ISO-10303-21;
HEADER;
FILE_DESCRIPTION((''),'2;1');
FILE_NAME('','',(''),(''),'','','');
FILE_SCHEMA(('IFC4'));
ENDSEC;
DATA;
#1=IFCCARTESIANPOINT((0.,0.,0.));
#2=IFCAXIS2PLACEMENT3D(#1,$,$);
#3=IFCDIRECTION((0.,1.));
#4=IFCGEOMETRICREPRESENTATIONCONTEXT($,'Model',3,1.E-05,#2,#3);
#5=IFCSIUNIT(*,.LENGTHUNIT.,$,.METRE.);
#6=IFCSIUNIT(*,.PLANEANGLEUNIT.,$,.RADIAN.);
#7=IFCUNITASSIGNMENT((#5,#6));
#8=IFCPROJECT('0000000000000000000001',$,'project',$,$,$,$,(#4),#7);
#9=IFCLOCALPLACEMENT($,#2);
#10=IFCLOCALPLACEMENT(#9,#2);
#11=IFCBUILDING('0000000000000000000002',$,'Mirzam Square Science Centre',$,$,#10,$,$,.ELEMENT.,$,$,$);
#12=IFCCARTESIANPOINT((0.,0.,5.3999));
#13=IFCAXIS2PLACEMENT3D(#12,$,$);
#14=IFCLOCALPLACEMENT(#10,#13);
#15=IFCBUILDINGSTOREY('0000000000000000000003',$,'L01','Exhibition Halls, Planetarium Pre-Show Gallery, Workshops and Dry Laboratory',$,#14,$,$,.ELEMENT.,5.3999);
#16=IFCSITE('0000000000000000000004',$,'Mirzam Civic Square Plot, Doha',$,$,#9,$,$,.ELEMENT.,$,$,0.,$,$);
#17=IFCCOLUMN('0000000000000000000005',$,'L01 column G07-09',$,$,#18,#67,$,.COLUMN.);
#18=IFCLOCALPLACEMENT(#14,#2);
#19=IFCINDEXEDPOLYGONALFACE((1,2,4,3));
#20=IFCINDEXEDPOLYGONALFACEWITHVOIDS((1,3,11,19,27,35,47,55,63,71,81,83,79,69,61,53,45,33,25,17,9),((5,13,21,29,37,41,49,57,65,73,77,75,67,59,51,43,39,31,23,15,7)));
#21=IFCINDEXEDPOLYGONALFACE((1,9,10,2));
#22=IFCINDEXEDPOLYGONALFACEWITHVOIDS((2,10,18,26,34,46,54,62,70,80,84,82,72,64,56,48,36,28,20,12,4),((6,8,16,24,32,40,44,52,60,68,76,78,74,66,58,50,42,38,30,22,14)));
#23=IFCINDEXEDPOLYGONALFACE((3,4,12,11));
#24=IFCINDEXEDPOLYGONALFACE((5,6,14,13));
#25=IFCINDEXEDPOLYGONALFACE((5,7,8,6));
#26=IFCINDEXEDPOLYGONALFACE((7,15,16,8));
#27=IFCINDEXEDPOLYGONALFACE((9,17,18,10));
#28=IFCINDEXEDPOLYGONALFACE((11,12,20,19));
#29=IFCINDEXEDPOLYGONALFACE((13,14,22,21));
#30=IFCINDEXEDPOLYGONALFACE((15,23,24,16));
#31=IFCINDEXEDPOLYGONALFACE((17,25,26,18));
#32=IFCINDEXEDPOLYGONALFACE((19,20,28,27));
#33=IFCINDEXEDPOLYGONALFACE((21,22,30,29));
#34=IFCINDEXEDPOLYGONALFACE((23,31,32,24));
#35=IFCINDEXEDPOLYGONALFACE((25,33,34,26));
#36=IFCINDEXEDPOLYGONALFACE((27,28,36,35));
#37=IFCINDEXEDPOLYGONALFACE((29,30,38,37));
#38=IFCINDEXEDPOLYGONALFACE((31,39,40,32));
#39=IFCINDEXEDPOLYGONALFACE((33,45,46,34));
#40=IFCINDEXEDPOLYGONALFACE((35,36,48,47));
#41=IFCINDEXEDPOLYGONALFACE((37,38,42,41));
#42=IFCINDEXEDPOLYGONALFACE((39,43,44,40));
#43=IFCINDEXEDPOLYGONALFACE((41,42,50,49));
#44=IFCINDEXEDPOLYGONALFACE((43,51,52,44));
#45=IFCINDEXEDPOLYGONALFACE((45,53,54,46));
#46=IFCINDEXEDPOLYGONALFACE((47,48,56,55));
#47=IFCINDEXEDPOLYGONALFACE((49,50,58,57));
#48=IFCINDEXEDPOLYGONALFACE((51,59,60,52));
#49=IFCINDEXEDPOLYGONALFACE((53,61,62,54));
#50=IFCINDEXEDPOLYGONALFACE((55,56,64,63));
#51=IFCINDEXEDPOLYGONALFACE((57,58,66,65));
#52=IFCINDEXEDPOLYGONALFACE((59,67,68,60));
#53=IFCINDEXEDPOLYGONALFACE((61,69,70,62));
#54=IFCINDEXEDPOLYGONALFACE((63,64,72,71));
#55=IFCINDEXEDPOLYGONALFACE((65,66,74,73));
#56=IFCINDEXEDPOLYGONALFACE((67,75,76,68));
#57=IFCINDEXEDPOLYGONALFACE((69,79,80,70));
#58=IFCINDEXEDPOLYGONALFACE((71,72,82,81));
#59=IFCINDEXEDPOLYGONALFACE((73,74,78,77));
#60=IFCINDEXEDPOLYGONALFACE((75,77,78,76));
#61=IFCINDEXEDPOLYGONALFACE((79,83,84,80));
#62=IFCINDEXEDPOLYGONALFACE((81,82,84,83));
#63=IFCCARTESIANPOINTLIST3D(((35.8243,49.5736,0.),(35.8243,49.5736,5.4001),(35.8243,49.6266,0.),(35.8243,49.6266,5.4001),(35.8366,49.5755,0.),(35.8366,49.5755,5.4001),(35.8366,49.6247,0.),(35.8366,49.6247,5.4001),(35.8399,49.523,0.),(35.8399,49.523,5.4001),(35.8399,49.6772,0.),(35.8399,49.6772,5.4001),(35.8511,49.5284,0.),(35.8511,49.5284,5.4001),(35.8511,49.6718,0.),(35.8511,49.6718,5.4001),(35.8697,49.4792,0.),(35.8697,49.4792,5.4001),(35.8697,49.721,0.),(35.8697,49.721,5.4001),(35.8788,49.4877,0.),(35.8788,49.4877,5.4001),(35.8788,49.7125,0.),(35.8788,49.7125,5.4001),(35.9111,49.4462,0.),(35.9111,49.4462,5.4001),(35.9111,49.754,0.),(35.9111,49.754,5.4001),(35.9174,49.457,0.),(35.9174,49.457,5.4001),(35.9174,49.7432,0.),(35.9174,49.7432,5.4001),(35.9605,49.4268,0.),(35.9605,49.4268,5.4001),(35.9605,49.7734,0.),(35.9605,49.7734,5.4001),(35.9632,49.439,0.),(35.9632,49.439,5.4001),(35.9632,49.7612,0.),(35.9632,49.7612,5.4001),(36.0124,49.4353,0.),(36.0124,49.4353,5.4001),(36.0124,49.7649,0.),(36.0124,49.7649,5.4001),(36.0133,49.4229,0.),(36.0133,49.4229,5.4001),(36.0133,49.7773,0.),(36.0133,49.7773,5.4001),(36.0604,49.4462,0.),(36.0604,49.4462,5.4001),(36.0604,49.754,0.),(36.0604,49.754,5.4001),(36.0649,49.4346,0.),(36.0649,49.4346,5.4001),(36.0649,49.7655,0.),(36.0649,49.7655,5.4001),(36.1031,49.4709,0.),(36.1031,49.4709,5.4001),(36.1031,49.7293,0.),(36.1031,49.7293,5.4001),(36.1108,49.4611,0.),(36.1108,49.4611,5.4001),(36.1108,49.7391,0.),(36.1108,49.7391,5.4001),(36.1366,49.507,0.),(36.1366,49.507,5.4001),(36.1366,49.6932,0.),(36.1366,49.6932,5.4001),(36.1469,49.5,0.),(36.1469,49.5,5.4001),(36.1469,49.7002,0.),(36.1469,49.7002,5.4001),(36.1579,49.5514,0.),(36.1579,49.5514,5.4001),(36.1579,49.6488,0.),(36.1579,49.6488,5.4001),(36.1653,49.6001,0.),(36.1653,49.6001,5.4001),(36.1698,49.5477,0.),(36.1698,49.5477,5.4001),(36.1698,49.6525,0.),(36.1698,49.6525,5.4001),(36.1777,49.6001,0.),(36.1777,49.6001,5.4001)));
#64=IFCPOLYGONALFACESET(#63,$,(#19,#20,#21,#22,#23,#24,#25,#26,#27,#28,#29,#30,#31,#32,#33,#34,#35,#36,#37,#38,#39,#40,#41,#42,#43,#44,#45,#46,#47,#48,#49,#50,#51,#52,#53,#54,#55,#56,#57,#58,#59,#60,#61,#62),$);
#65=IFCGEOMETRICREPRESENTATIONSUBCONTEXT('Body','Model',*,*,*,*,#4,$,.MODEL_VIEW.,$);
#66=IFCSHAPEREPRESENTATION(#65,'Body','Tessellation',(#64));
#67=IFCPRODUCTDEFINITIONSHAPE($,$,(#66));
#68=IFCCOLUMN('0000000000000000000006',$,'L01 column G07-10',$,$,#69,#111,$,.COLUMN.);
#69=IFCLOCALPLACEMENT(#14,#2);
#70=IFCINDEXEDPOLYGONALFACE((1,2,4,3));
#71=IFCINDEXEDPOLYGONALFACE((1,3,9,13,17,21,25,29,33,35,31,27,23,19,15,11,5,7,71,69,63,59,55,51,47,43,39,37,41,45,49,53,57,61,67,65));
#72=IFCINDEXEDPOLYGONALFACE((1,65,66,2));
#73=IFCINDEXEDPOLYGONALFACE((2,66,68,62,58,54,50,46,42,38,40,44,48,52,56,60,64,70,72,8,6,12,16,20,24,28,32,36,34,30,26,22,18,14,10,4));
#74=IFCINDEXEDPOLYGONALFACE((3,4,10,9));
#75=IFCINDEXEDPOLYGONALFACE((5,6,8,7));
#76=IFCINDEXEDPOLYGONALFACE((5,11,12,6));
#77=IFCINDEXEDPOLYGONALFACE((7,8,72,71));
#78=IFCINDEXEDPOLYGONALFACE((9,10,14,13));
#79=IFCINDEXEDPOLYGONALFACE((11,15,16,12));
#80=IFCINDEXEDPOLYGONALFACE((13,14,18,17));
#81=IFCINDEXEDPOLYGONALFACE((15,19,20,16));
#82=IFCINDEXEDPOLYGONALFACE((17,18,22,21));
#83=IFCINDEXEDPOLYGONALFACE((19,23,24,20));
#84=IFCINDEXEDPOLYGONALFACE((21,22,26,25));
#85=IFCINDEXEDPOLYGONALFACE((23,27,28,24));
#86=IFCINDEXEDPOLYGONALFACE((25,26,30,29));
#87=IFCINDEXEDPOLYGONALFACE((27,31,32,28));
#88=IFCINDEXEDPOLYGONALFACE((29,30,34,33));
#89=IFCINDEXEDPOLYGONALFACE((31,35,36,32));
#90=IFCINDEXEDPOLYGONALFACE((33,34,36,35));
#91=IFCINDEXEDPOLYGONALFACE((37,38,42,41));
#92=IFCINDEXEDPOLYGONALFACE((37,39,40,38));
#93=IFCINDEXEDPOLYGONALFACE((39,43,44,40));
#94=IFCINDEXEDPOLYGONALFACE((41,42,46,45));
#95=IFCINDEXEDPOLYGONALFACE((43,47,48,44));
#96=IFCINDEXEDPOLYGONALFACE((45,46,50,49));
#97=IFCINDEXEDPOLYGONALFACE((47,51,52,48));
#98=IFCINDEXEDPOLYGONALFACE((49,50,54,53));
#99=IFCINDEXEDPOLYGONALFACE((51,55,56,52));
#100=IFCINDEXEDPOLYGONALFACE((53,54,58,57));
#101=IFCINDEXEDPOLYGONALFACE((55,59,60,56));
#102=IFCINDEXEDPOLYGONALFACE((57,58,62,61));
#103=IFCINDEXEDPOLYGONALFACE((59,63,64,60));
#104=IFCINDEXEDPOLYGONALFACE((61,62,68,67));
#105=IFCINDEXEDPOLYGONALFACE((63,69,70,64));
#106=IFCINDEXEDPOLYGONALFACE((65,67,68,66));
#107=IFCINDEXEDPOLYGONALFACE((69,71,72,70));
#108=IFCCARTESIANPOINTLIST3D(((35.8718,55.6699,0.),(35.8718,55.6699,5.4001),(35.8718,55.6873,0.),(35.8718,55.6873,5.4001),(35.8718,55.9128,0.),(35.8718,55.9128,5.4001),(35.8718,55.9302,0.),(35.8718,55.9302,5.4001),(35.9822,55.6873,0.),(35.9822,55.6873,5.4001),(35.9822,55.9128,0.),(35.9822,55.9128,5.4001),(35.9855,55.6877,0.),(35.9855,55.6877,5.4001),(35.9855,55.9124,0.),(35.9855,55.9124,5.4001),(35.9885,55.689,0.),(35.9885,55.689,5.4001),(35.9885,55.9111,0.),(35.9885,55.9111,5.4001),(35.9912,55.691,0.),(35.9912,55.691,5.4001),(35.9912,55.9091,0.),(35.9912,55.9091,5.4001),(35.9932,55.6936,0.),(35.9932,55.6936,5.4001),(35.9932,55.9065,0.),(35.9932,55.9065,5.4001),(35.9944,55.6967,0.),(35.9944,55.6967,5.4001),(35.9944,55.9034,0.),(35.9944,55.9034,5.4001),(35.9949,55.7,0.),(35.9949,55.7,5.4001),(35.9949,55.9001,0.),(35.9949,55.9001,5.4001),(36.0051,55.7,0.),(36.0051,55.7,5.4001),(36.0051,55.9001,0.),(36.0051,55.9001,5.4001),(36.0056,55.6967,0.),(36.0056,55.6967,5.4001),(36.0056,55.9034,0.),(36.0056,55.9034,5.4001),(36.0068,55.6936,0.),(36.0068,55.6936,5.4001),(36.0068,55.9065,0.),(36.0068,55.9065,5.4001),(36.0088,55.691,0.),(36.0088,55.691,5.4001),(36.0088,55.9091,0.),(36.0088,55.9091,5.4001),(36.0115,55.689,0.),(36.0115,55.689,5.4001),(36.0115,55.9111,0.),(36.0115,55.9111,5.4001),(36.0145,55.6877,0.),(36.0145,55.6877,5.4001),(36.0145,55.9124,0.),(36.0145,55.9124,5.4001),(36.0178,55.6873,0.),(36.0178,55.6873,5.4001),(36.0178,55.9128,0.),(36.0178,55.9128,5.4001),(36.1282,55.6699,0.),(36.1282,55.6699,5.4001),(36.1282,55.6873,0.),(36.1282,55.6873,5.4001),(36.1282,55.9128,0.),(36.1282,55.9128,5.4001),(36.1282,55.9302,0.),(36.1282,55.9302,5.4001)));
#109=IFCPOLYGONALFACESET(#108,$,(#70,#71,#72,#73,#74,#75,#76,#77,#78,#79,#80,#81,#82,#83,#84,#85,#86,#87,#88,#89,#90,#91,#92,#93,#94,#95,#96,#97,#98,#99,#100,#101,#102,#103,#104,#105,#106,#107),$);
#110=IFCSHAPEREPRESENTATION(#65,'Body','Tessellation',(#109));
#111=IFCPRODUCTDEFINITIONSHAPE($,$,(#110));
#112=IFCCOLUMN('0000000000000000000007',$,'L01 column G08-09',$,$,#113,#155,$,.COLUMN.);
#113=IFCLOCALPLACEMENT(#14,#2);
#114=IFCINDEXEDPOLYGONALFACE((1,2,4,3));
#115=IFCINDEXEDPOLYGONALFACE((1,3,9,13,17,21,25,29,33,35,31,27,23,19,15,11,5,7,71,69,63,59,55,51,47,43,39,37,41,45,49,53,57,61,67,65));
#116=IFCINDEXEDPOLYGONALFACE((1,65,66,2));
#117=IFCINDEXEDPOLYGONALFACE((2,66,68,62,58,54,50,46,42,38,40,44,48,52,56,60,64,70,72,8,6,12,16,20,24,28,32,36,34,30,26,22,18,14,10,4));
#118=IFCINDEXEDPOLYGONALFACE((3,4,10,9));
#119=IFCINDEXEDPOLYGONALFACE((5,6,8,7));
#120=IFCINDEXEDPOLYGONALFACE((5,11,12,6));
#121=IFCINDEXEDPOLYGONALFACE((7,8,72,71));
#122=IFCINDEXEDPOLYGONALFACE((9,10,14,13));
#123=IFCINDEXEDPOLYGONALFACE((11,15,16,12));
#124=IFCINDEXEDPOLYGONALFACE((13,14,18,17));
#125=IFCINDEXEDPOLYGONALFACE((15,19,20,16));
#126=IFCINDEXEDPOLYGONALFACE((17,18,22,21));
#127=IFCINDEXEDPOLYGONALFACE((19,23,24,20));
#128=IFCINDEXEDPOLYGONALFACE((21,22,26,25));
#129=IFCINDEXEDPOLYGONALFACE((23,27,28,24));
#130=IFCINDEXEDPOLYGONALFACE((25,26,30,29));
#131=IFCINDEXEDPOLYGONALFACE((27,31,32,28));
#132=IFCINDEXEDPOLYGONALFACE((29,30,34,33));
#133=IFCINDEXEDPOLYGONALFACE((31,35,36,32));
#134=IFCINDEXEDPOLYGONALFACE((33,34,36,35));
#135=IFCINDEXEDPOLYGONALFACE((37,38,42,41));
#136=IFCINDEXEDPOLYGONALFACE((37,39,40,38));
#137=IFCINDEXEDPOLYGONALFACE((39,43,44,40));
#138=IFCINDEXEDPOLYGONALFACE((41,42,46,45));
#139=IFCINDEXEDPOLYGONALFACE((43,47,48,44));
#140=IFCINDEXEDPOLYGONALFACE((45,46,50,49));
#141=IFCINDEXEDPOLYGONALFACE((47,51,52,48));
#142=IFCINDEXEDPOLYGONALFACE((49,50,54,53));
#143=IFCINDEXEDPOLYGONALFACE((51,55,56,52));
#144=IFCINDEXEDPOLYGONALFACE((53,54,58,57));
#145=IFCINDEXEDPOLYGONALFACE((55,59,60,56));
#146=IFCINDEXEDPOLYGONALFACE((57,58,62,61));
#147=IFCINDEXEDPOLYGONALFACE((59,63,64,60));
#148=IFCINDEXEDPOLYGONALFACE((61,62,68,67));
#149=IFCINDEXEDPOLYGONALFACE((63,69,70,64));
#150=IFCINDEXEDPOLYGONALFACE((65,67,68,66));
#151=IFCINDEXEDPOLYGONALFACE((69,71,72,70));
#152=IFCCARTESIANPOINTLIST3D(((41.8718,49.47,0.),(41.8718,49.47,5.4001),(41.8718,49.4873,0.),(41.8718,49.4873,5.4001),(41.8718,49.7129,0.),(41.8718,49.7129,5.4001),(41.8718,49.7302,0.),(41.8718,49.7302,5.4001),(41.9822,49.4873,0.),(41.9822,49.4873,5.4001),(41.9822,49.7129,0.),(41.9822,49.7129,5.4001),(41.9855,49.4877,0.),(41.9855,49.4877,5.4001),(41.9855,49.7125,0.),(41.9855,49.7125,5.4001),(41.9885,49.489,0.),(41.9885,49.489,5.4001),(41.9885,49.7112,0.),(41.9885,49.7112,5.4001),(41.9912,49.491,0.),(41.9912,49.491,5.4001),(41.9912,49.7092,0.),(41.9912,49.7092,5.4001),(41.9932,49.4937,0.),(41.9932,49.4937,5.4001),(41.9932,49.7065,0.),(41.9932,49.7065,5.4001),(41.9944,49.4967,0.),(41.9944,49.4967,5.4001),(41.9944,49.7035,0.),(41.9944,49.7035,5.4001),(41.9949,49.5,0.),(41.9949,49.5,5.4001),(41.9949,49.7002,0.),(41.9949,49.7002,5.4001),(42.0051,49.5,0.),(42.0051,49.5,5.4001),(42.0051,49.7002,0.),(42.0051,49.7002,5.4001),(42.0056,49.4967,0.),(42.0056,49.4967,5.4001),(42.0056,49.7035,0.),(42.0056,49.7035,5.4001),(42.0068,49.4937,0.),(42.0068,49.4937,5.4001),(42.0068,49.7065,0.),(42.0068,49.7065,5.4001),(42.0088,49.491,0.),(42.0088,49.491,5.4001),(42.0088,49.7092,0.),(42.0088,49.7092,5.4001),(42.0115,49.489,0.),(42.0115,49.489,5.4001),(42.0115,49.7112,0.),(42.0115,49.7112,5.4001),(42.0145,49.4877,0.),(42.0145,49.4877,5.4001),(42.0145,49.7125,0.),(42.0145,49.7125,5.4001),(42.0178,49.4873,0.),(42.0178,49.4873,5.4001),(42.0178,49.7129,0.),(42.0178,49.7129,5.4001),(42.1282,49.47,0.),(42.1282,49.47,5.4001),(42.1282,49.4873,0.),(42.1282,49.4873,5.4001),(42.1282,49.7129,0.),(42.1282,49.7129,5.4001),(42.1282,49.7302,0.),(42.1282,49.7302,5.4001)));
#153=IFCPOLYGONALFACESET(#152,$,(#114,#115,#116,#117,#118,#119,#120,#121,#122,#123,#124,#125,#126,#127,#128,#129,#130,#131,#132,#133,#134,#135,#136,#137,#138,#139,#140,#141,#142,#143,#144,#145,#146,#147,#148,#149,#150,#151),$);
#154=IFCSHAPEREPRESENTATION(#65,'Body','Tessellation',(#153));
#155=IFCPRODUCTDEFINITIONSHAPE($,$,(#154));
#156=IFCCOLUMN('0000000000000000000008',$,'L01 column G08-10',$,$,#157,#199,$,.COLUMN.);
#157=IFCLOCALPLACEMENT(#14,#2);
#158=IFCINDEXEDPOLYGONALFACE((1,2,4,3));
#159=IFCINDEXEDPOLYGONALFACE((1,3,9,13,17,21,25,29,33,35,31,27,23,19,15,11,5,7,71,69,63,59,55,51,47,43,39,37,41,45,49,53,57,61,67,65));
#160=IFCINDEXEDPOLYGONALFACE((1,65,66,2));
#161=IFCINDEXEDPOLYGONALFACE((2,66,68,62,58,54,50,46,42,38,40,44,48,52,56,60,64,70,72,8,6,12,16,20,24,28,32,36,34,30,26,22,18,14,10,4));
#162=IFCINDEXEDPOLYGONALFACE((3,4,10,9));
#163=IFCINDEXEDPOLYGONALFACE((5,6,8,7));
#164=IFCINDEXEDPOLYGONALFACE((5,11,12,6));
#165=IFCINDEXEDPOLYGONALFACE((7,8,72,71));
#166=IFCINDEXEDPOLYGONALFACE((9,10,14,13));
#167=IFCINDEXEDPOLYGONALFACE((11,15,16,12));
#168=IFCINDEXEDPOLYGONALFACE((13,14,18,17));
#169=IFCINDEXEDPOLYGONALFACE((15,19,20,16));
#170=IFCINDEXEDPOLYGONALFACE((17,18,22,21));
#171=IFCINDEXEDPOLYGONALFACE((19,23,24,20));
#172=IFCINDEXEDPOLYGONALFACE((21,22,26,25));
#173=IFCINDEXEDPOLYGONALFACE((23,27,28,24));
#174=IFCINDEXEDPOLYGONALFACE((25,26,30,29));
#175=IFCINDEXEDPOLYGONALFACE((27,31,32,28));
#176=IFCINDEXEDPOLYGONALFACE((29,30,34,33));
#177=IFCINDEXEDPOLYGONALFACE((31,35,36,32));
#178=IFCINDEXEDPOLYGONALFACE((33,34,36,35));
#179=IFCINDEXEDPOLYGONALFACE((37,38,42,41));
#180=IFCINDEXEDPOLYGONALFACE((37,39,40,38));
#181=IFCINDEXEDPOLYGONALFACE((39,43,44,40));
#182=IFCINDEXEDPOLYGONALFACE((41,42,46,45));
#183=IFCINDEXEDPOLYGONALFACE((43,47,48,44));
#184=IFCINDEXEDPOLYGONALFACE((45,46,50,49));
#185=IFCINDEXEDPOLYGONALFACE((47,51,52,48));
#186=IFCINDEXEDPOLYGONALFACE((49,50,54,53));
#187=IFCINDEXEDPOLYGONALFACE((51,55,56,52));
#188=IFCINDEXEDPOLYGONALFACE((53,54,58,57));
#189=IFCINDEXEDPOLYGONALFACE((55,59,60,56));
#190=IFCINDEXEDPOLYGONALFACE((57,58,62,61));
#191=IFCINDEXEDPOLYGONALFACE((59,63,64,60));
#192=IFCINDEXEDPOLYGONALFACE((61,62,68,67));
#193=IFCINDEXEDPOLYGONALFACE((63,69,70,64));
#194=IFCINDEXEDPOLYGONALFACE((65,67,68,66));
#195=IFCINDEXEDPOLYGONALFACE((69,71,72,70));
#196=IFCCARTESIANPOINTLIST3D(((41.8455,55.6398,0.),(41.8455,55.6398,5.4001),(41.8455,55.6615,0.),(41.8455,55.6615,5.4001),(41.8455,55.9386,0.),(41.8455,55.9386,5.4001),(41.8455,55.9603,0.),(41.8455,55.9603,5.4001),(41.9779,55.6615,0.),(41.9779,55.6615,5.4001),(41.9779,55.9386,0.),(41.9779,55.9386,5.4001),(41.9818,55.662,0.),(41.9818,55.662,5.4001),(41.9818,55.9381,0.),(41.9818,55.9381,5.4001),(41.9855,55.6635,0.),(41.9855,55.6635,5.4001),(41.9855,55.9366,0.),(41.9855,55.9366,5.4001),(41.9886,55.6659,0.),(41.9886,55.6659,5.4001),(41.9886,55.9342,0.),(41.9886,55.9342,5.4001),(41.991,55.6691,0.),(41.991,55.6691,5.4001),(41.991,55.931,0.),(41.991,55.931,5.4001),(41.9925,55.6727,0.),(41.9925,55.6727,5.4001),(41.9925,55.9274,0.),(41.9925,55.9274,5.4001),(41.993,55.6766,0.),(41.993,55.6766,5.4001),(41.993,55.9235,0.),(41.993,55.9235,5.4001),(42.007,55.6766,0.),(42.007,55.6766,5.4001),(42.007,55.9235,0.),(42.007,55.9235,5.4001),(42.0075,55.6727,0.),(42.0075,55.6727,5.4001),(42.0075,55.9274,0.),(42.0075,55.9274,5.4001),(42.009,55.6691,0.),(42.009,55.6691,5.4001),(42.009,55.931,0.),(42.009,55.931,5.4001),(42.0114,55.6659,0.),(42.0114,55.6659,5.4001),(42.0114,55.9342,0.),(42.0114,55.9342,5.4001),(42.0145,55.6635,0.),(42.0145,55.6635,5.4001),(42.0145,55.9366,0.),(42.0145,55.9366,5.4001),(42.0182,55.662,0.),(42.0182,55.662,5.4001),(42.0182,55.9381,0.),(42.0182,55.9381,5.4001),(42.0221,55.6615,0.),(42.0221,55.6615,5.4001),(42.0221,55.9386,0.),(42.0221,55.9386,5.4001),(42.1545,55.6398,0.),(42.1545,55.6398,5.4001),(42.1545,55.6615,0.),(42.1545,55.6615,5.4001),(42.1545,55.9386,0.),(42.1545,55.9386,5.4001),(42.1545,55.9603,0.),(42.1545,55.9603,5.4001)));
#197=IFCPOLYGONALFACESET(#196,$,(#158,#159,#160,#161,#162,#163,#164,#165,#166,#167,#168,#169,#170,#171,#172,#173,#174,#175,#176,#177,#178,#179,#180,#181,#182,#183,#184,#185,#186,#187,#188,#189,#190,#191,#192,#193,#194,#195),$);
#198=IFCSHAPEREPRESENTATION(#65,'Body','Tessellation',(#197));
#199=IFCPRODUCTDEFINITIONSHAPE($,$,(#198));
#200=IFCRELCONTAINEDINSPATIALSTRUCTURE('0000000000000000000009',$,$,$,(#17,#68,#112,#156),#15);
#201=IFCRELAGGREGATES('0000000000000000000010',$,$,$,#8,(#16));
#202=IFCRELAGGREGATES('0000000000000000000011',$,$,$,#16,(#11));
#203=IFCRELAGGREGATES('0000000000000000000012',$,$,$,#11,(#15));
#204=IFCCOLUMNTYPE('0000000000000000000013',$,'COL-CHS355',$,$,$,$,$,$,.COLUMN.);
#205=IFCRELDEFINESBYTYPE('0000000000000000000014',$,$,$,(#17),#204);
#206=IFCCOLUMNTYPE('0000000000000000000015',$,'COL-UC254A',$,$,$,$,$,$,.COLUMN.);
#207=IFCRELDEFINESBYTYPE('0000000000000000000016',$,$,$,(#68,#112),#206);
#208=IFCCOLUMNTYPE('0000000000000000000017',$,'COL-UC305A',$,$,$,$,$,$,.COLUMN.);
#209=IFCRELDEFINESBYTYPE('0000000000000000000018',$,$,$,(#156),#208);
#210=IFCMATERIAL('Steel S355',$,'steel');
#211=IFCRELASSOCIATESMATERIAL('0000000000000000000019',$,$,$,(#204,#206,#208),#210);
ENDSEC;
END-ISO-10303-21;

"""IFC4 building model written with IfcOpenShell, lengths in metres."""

from ifc_helpers import new_model, si_unit, direction, frame, origin, origin_2d, place, context, subcontext, project, spatial, hollow_circle, i_section, extrude, material, material_profile, profile_set, type_object, element, save


model = new_model("IFC4")

# Units and contexts
model_context = context("Model", 3, precision=1e-05, world=origin(), true_north=direction((0.0, 1.0)))
body_context = subcontext(model_context, "Body", "Model", "MODEL_VIEW")
ifc_project = project(units=[si_unit("LENGTHUNIT", "METRE"), si_unit("PLANEANGLEUNIT", "RADIAN")], contexts=[model_context])

# Site, building, storey
site_placement = place(None, origin())
site = spatial("IfcSite", under=ifc_project, at=site_placement, Name="Mirzam Civic Square Plot, Doha", CompositionType="ELEMENT", RefElevation=0.0)
building_placement = place(site_placement, origin())
building = spatial("IfcBuilding", under=site, at=building_placement, Name="Mirzam Square Science Centre", CompositionType="ELEMENT")
storey_placement = place(building_placement, frame((0.0, 0.0, 5.3999)))
storey = spatial("IfcBuildingStorey", under=building, at=storey_placement, Name="L01", Description="Exhibition Halls, Planetarium Pre-Show Gallery, Workshops and Dry Laboratory", CompositionType="ELEMENT", Elevation=5.3999)

# Columns
ifc_material_1 = material(Name="Steel S355", Category="steel")
ifc_material_profile_1 = material_profile(ifc_material_1, hollow_circle(Radius=0.1777, WallThickness=0.0125, at=origin_2d()), Name="355.6x12.5CHS")
ifc_profile_set_1 = profile_set([ifc_material_profile_1], Name="Steel S355")
column_type_1 = type_object("IfcColumnType", Name="COL-CHS355", PredefinedType="COLUMN", material=ifc_profile_set_1)
column_1_placement = place(storey_placement, frame((36.0, 49.6001, 0.0), z_axis=(0.0, 0.0, 1.0), x_axis=(1.0, 0.0, 0.0)))
element("IfcColumn", 1, at=column_1_placement, inside=storey, type_object=column_type_1, Name="L01 column G07-09", PredefinedType="COLUMN", context=body_context, shape_type="SweptSolid", body=[
    extrude(hollow_circle(Radius=0.1777, WallThickness=0.0125, at=origin_2d()), origin(), (0.0, 0.0, 1.0), 5.4001),
])
ifc_material_profile_2 = material_profile(ifc_material_1, i_section(OverallWidth=0.2563, OverallDepth=0.2603, WebThickness=0.0103, FlangeThickness=0.0173, FilletRadius=0.0127, at=origin_2d()), Name="254x254x89UC")
ifc_profile_set_2 = profile_set([ifc_material_profile_2], Name="Steel S355")
column_type_2 = type_object("IfcColumnType", Name="COL-UC254A", PredefinedType="COLUMN", material=ifc_profile_set_2)
for number, where, z_axis, x_axis, name in (
    (2, (36.0, 55.8, 0.0), (0.0, 0.0, 1.0), (1.0, 0.0, 0.0), "L01 column G07-10"),
    (3, (42.0, 49.6001, 0.0), (0.0, 0.0, 1.0), (1.0, 0.0, 0.0), "L01 column G08-09"),
):
    element("IfcColumn", number, at=place(storey_placement, frame(where, z_axis=z_axis, x_axis=x_axis)), inside=storey, type_object=column_type_2, Name=name, PredefinedType="COLUMN", context=body_context, shape_type="SweptSolid", body=[
        extrude(i_section(OverallWidth=0.2563, OverallDepth=0.2603, WebThickness=0.0103, FlangeThickness=0.0173, FilletRadius=0.0127, at=origin_2d()), origin(), (0.0, 0.0, 1.0), 5.4001),
    ])
ifc_material_profile_3 = material_profile(ifc_material_1, i_section(OverallWidth=0.3091, OverallDepth=0.3206, WebThickness=0.0139, FlangeThickness=0.0217, FilletRadius=0.0151, at=origin_2d()), Name="305x305x137UC")
ifc_profile_set_3 = profile_set([ifc_material_profile_3], Name="Steel S355")
column_type_3 = type_object("IfcColumnType", Name="COL-UC305A", PredefinedType="COLUMN", material=ifc_profile_set_3)
column_2_placement = place(storey_placement, frame((42.0, 55.8, 0.0), z_axis=(0.0, 0.0, 1.0), x_axis=(1.0, 0.0, 0.0)))
element("IfcColumn", 4, at=column_2_placement, inside=storey, type_object=column_type_3, Name="L01 column G08-10", PredefinedType="COLUMN", context=body_context, shape_type="SweptSolid", body=[
    extrude(i_section(OverallWidth=0.3091, OverallDepth=0.3206, WebThickness=0.0139, FlangeThickness=0.0217, FilletRadius=0.0151, at=origin_2d()), origin(), (0.0, 0.0, 1.0), 5.4001),
])

save(model, "model.ifc")
